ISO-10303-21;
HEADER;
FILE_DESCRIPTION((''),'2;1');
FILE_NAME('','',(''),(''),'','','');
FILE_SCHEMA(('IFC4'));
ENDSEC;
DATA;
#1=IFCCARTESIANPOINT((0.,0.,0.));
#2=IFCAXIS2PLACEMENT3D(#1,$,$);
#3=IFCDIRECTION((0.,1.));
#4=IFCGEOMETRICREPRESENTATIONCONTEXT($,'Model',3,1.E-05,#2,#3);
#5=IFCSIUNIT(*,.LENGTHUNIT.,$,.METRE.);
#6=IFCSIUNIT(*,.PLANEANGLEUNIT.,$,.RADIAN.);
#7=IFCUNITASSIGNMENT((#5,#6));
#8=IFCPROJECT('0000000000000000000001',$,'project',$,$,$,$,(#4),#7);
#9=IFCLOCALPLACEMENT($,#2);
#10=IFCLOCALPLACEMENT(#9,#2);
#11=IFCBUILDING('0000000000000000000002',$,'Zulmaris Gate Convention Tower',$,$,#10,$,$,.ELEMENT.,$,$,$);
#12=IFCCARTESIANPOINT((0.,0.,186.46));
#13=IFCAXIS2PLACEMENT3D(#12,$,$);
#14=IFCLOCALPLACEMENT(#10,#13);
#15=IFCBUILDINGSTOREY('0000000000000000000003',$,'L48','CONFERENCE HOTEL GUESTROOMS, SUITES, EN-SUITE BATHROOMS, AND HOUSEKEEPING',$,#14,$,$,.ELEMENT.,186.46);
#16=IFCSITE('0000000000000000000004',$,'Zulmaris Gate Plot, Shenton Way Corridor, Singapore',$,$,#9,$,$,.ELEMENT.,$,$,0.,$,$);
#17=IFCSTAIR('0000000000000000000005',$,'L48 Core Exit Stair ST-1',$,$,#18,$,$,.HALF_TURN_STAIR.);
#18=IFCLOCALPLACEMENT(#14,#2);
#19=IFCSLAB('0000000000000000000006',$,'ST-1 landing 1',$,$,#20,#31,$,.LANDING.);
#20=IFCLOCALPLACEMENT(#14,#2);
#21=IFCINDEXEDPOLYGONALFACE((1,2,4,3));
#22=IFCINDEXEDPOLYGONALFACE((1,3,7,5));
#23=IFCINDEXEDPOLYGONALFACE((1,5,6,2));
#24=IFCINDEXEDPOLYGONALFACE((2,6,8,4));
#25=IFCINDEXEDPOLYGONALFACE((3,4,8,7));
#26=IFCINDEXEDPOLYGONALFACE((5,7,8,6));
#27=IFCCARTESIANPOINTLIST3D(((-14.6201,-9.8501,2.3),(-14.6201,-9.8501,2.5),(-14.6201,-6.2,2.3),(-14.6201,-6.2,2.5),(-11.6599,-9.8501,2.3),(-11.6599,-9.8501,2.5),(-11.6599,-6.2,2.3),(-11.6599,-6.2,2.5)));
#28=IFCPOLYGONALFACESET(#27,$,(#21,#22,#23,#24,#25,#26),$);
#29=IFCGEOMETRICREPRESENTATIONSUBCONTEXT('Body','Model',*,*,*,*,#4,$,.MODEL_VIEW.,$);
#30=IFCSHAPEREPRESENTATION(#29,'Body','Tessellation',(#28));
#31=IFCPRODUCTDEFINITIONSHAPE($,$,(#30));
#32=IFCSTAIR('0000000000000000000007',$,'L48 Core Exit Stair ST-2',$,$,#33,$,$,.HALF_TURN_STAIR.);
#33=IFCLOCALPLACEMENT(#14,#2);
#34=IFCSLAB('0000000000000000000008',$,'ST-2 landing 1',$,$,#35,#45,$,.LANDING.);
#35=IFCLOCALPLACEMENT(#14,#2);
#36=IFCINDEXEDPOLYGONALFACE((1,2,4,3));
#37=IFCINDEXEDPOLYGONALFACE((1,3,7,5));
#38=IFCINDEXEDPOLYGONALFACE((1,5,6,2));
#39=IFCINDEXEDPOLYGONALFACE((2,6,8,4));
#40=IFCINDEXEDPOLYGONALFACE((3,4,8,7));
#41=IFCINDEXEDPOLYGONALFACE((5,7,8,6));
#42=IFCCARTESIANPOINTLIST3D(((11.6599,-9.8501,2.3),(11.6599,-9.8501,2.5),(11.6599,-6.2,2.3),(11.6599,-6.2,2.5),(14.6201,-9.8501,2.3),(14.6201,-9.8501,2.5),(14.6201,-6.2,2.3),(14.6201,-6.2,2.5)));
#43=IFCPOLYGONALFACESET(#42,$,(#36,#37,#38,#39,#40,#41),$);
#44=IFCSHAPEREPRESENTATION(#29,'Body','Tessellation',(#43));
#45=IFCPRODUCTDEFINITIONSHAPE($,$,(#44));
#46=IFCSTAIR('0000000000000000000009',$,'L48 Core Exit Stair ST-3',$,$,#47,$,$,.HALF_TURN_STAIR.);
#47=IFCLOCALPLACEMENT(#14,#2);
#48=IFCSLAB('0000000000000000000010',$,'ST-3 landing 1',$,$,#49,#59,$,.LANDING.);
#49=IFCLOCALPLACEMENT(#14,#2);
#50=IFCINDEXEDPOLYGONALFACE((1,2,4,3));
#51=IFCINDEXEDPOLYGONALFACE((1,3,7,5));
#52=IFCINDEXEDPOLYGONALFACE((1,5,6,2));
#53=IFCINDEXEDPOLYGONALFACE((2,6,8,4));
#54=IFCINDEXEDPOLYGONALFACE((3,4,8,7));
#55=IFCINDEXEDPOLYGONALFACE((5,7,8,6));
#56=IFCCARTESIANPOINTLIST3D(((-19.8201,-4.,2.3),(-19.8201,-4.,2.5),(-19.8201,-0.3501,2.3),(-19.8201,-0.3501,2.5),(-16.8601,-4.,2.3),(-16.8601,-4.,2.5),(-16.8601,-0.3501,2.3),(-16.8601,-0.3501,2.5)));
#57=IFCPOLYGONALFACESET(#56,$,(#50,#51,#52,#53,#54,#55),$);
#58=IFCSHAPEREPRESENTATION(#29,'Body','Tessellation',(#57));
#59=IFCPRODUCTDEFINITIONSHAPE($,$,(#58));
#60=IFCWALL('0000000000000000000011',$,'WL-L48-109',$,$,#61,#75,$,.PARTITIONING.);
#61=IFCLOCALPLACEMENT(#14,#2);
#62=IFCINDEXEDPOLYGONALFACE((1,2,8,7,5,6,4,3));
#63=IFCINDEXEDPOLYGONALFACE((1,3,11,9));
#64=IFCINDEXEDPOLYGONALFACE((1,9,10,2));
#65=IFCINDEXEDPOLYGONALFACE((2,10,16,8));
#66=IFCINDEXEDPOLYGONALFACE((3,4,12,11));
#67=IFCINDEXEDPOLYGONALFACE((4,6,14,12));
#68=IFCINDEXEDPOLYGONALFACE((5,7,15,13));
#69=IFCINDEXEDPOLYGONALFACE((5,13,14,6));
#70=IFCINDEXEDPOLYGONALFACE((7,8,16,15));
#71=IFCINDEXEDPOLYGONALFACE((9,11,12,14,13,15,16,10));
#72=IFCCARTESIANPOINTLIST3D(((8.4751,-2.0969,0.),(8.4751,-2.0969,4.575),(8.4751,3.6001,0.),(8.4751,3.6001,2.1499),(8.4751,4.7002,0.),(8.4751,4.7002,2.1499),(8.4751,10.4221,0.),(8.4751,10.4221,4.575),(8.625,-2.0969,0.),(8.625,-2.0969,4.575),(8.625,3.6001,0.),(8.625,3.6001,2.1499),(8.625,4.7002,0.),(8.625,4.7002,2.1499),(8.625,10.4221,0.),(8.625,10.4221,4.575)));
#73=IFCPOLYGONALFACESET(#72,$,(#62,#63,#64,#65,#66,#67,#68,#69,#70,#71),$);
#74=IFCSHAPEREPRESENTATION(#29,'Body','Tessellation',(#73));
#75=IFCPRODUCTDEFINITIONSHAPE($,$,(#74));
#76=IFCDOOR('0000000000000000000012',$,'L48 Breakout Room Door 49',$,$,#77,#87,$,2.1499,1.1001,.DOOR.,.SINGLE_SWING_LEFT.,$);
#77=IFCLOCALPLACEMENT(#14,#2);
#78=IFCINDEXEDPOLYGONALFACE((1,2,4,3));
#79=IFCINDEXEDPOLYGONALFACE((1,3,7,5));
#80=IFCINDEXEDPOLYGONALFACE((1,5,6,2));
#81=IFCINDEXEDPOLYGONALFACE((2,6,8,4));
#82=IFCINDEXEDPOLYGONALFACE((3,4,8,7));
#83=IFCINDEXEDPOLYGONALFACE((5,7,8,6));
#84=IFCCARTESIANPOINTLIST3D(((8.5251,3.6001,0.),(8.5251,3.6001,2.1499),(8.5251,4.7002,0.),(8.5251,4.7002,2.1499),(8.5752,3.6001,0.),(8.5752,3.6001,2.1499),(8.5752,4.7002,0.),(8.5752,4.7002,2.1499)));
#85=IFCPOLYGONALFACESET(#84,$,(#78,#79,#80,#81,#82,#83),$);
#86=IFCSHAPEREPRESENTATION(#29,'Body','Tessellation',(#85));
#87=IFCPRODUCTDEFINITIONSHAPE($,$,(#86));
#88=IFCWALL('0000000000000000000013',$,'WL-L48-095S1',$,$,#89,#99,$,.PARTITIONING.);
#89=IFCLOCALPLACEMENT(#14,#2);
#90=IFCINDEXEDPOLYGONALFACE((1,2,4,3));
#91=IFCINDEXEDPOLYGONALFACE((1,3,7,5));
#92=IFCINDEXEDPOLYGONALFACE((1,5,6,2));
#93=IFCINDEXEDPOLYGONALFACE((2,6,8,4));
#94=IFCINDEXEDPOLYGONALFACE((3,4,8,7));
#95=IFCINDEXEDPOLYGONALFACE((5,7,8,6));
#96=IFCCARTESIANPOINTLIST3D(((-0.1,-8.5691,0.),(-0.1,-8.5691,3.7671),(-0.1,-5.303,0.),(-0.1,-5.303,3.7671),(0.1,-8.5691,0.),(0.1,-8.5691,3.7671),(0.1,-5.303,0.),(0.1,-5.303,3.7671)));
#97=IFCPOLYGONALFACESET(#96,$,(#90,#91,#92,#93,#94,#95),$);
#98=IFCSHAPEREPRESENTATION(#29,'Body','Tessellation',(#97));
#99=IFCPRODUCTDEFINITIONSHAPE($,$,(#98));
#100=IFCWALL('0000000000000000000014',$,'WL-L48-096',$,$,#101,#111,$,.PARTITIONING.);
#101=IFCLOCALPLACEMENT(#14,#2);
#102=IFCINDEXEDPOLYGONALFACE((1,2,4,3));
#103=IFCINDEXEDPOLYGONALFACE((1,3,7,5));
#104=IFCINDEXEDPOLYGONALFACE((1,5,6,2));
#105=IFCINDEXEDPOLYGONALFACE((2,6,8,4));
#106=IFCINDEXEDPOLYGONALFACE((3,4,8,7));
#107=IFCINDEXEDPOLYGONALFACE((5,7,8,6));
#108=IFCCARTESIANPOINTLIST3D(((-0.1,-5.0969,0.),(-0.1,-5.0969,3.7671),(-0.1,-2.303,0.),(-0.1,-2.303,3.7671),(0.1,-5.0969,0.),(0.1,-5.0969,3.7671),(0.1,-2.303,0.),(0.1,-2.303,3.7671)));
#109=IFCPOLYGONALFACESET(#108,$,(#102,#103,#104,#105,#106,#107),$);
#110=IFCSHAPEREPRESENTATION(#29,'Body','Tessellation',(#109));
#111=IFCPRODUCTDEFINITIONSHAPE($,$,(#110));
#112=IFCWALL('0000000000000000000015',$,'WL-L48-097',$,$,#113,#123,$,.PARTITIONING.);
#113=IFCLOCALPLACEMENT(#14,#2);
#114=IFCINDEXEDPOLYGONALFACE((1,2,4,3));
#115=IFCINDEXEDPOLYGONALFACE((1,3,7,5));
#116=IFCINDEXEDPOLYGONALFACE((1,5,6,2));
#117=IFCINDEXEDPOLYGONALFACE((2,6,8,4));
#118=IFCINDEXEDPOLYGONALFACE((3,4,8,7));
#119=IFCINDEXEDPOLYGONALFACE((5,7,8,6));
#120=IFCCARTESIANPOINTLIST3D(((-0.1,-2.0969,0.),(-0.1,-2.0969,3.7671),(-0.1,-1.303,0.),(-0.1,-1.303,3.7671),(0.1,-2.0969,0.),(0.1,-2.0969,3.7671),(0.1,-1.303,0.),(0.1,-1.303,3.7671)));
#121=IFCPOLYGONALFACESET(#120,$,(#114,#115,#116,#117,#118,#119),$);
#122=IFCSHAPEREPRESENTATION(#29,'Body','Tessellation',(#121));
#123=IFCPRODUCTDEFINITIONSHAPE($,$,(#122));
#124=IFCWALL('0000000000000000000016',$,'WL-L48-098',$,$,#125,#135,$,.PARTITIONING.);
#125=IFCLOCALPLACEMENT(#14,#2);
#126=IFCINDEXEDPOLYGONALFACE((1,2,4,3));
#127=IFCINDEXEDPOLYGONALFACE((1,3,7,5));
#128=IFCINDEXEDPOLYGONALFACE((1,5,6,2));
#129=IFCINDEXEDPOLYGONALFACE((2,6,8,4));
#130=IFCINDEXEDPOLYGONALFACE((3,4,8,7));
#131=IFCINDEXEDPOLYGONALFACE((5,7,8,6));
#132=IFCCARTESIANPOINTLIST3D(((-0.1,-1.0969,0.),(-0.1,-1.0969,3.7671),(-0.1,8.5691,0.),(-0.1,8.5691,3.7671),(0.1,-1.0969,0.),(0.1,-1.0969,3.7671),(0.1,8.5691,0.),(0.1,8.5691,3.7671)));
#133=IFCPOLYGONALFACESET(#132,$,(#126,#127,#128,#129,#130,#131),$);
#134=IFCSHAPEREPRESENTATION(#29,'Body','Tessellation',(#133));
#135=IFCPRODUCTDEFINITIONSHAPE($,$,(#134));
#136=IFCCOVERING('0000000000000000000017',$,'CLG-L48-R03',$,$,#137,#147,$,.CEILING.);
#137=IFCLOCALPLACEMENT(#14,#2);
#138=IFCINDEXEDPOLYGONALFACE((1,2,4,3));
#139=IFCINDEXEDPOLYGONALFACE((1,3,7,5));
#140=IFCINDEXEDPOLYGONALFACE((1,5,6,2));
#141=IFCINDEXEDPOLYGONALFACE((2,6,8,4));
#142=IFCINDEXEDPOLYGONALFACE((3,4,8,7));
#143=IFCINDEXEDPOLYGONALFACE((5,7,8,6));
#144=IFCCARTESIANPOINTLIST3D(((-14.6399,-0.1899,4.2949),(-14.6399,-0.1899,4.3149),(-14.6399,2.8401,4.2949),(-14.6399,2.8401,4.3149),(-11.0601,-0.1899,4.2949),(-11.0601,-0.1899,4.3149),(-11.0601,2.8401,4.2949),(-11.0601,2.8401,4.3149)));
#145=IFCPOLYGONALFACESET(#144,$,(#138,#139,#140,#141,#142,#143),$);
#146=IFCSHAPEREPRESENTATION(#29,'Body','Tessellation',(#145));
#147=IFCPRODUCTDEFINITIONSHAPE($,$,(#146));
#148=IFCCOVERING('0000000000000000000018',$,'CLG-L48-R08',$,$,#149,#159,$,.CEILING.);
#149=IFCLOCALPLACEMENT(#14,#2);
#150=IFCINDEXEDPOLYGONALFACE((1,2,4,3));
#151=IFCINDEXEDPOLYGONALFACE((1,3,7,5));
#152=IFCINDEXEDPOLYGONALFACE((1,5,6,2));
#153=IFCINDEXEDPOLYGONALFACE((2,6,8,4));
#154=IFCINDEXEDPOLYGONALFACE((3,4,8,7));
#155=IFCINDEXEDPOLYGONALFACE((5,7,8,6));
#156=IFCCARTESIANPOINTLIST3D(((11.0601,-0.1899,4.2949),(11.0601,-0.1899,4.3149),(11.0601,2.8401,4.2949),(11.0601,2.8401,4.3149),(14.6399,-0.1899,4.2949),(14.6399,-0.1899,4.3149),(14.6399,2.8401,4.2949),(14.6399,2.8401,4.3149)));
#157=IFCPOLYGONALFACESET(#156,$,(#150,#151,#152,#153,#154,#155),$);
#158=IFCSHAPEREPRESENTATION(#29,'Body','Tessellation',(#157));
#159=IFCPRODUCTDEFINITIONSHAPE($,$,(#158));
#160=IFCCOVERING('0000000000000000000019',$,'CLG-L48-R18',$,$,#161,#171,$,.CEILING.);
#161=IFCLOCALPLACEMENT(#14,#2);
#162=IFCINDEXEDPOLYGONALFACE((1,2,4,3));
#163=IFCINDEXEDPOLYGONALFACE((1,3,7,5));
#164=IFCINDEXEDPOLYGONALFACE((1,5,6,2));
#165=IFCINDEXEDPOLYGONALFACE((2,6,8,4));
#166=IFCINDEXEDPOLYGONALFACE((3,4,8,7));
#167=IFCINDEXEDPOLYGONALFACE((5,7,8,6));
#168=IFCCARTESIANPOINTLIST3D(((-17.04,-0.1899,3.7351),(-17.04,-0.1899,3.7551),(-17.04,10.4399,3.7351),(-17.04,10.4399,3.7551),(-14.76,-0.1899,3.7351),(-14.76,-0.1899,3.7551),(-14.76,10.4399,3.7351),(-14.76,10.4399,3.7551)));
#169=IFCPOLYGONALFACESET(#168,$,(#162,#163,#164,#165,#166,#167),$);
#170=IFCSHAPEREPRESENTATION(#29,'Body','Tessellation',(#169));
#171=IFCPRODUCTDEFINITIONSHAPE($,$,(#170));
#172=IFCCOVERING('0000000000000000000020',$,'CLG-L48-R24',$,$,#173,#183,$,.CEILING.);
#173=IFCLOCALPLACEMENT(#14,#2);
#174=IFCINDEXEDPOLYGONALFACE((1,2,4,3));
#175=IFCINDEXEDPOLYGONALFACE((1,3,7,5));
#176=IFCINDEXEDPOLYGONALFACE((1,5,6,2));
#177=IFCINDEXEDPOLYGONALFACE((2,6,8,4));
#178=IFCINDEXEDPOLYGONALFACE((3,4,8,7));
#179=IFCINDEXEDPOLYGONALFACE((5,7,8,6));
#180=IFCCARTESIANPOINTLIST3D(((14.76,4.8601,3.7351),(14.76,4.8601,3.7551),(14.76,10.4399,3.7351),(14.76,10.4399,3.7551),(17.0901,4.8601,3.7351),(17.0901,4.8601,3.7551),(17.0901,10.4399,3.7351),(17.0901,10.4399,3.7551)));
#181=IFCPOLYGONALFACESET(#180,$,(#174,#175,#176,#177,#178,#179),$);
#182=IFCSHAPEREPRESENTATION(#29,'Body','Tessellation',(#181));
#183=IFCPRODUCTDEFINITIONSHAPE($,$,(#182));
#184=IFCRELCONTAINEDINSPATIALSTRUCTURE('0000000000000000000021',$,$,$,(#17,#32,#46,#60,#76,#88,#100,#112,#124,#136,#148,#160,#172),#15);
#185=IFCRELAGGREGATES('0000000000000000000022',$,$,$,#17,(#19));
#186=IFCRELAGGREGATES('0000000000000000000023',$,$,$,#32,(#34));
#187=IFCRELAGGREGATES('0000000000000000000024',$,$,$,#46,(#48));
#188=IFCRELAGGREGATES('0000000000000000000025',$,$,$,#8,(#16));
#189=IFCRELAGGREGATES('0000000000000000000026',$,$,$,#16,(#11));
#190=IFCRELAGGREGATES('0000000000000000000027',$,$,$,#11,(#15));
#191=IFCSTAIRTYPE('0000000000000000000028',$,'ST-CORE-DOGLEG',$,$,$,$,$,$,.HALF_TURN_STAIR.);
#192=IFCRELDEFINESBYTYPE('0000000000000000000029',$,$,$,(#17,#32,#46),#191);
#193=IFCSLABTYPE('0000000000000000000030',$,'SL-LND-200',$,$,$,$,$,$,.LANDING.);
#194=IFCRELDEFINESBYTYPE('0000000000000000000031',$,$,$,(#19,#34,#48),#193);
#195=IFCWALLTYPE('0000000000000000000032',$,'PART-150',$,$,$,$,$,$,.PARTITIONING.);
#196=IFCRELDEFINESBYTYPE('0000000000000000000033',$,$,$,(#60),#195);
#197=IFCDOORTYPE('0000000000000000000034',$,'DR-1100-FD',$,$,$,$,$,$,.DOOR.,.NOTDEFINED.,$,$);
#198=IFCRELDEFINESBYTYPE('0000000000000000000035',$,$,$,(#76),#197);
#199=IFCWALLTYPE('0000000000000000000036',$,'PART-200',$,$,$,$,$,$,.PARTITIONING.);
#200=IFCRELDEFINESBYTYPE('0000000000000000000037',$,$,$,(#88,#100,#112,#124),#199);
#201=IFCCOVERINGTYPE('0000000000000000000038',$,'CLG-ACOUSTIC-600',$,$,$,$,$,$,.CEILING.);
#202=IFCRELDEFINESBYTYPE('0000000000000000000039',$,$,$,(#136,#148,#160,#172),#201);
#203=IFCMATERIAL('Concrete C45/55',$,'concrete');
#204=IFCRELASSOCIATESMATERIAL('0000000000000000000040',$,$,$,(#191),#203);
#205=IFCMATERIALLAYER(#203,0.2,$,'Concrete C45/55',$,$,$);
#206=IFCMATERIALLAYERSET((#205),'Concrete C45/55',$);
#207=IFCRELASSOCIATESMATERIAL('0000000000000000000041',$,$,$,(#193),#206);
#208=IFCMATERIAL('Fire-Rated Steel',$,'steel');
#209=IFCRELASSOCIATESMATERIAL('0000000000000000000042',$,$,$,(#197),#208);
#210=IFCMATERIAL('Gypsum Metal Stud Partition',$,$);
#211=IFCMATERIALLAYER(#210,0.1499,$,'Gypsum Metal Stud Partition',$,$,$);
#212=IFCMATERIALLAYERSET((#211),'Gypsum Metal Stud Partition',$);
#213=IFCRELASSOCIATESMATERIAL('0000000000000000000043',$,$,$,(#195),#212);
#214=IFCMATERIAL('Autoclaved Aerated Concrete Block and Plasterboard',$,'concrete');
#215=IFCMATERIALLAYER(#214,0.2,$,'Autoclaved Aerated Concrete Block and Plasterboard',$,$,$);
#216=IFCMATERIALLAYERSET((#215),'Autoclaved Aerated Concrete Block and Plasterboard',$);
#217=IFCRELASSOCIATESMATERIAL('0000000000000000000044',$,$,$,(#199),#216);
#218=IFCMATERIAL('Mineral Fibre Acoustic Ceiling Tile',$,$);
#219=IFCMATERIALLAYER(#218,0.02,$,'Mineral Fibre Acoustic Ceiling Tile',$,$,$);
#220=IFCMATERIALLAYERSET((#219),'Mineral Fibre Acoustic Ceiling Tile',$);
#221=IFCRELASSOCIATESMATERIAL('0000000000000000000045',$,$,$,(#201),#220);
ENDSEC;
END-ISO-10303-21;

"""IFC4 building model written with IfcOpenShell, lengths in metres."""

from ifc_helpers import new_model, si_unit, direction, frame, frame_2d, origin, place, context, subcontext, project, spatial, polyline, rectangle, outline, extrude, material, layer, layer_set, type_object, element, fill, aggregate, save


model = new_model("IFC4")

# Units and contexts
model_context = context("Model", 3, precision=1e-05, world=origin(), true_north=direction((0.0, 1.0)))
body_context = subcontext(model_context, "Body", "Model", "MODEL_VIEW")
ifc_project = project(units=[si_unit("LENGTHUNIT", "METRE"), si_unit("PLANEANGLEUNIT", "RADIAN")], contexts=[model_context])

# Site, building, storey
site_placement = place(None, origin())
site = spatial("IfcSite", under=ifc_project, at=site_placement, Name="Zulmaris Gate Plot, Shenton Way Corridor, Singapore", CompositionType="ELEMENT", RefElevation=0.0)
building_placement = place(site_placement, origin())
building = spatial("IfcBuilding", under=site, at=building_placement, Name="Zulmaris Gate Convention Tower", CompositionType="ELEMENT")
storey_placement = place(building_placement, frame((0.0, 0.0, 186.46)))
storey = spatial("IfcBuildingStorey", under=building, at=storey_placement, Name="L48", Description="CONFERENCE HOTEL GUESTROOMS, SUITES, EN-SUITE BATHROOMS, AND HOUSEKEEPING", CompositionType="ELEMENT", Elevation=186.46)

# Stairs, slabs
ifc_material_1 = material(Name="Concrete C45/55", Category="concrete")
stair_type = type_object("IfcStairType", Name="ST-CORE-DOGLEG", PredefinedType="HALF_TURN_STAIR", material=ifc_material_1)
stair_1_placement = place(storey_placement, origin())
stair_1 = element("IfcStair", 1, at=stair_1_placement, inside=storey, type_object=stair_type, Name="L48 Core Exit Stair ST-1", PredefinedType="HALF_TURN_STAIR")
ifc_layer_1 = layer(ifc_material_1, 0.2, Name="Concrete C45/55")
ifc_layer_set_1 = layer_set([ifc_layer_1], Name="Concrete C45/55")
slab_type = type_object("IfcSlabType", Name="SL-LND-200", PredefinedType="LANDING", material=ifc_layer_set_1)
slab_1_placement = place(storey_placement, frame((0.0, 0.0, 2.3)))
slab_1 = element("IfcSlab", 2, at=slab_1_placement, type_object=slab_type, Name="ST-1 landing 1", PredefinedType="LANDING", context=body_context, shape_type="SweptSolid", body=[
    extrude(outline(polyline([(-14.6201, -6.2), (-14.6201, -9.8501), (-11.6599, -9.8501), (-11.6599, -6.2), (-14.6201, -6.2)])), origin(), (0.0, 0.0, 1.0), 0.2),
])
aggregate(stair_1, [slab_1])
stair_2_placement = place(storey_placement, origin())
stair_2 = element("IfcStair", 3, at=stair_2_placement, inside=storey, type_object=stair_type, Name="L48 Core Exit Stair ST-2", PredefinedType="HALF_TURN_STAIR")
slab_2_placement = place(storey_placement, frame((0.0, 0.0, 2.3)))
slab_2 = element("IfcSlab", 4, at=slab_2_placement, type_object=slab_type, Name="ST-2 landing 1", PredefinedType="LANDING", context=body_context, shape_type="SweptSolid", body=[
    extrude(outline(polyline([(11.6599, -6.2), (11.6599, -9.8501), (14.6201, -9.8501), (14.6201, -6.2), (11.6599, -6.2)])), origin(), (0.0, 0.0, 1.0), 0.2),
])
aggregate(stair_2, [slab_2])
stair_3_placement = place(storey_placement, origin())
stair_3 = element("IfcStair", 5, at=stair_3_placement, inside=storey, type_object=stair_type, Name="L48 Core Exit Stair ST-3", PredefinedType="HALF_TURN_STAIR")
slab_3_placement = place(storey_placement, frame((0.0, 0.0, 2.3)))
slab_3 = element("IfcSlab", 6, at=slab_3_placement, type_object=slab_type, Name="ST-3 landing 1", PredefinedType="LANDING", context=body_context, shape_type="SweptSolid", body=[
    extrude(outline(polyline([(-16.8601, -4.0), (-16.8601, -0.3501), (-19.8201, -0.3501), (-19.8201, -4.0), (-16.8601, -4.0)])), origin(), (0.0, 0.0, 1.0), 0.2),
])
aggregate(stair_3, [slab_3])

# Wall, opening, door
ifc_material_2 = material(Name="Fire-Rated Steel", Category="steel")
door_type_1 = type_object("IfcDoorType", Name="DR-1100-FD", OperationType="NOTDEFINED", PredefinedType="DOOR", material=ifc_material_2)
ifc_material_3 = material(Name="Gypsum Metal Stud Partition")
ifc_layer_2 = layer(ifc_material_3, 0.1499, Name="Gypsum Metal Stud Partition")
ifc_layer_set_2 = layer_set([ifc_layer_2], Name="Gypsum Metal Stud Partition")
wall_type_1 = type_object("IfcWallType", Name="PART-150", PredefinedType="PARTITIONING", material=ifc_layer_set_2)
wall_1_placement = place(storey_placement, frame((8.55, -2.0969, 0.0), z_axis=(0.0, 0.0, 1.0), x_axis=(0.0, 1.0, 0.0)))
wall_1 = element("IfcWall", 7, at=wall_1_placement, inside=storey, type_object=wall_type_1, Name="WL-L48-109", PredefinedType="PARTITIONING", context=body_context, shape_type="SweptSolid", body=[
    extrude(rectangle(XDim=12.519, YDim=0.1499, at=frame_2d((6.2595, 0.0))), origin(), (0.0, 0.0, 1.0), 4.575),
])
opening_1_placement = place(wall_1_placement, frame((5.697, 0.0, 0.0)))
opening_1 = element("IfcOpeningElement", 8, at=opening_1_placement, cuts=wall_1, PredefinedType="OPENING", context=body_context, shape_type="SweptSolid", body=[
    extrude(rectangle(XDim=1.1001, YDim=2.1499, at=frame_2d((0.55, 1.075))), frame((0.0, 0.085, 0.0), z_axis=(0.0, -1.0, 0.0), x_axis=(1.0, 0.0, 0.0)), (0.0, 0.0, 1.0), 0.1699),
])
door_1_placement = place(opening_1_placement, origin())
door_1 = element("IfcDoor", 9, at=door_1_placement, inside=storey, type_object=door_type_1, Name="L48 Breakout Room Door 49", OperationType="SINGLE_SWING_LEFT", OverallHeight=2.1499, OverallWidth=1.1001, PredefinedType="DOOR", context=body_context, shape_type="SweptSolid", body=[
    extrude(rectangle(XDim=1.1001, YDim=2.1499, at=frame_2d((0.55, 1.075))), frame((0.0, 0.0249, 0.0), z_axis=(0.0, -1.0, 0.0), x_axis=(1.0, 0.0, 0.0)), (0.0, 0.0, 1.0), 0.05),
])
fill(opening_1, door_1)

# Walls
ifc_material_4 = material(Name="Autoclaved Aerated Concrete Block and Plasterboard", Category="concrete")
ifc_layer_3 = layer(ifc_material_4, 0.2, Name="Autoclaved Aerated Concrete Block and Plasterboard")
ifc_layer_set_3 = layer_set([ifc_layer_3], Name="Autoclaved Aerated Concrete Block and Plasterboard")
wall_type_2 = type_object("IfcWallType", Name="PART-200", PredefinedType="PARTITIONING", material=ifc_layer_set_3)
wall_2_placement = place(storey_placement, frame((0.0, -8.5691, 0.0), z_axis=(0.0, 0.0, 1.0), x_axis=(0.0, 1.0, 0.0)))
element("IfcWall", 10, at=wall_2_placement, inside=storey, type_object=wall_type_2, Name="WL-L48-095S1", PredefinedType="PARTITIONING", context=body_context, shape_type="SweptSolid", body=[
    extrude(rectangle(XDim=3.2661, YDim=0.2, at=frame_2d((1.6331, 0.0))), origin(), (0.0, 0.0, 1.0), 3.7671),
])
wall_3_placement = place(storey_placement, frame((0.0, -5.0969, 0.0), z_axis=(0.0, 0.0, 1.0), x_axis=(0.0, 1.0, 0.0)))
element("IfcWall", 11, at=wall_3_placement, inside=storey, type_object=wall_type_2, Name="WL-L48-096", PredefinedType="PARTITIONING", context=body_context, shape_type="SweptSolid", body=[
    extrude(rectangle(XDim=2.7939, YDim=0.2, at=frame_2d((1.397, 0.0))), origin(), (0.0, 0.0, 1.0), 3.7671),
])
wall_4_placement = place(storey_placement, frame((0.0, -2.0969, 0.0), z_axis=(0.0, 0.0, 1.0), x_axis=(0.0, 1.0, 0.0)))
element("IfcWall", 12, at=wall_4_placement, inside=storey, type_object=wall_type_2, Name="WL-L48-097", PredefinedType="PARTITIONING", context=body_context, shape_type="SweptSolid", body=[
    extrude(rectangle(XDim=0.7939, YDim=0.2, at=frame_2d((0.397, 0.0))), origin(), (0.0, 0.0, 1.0), 3.7671),
])
wall_5_placement = place(storey_placement, frame((0.0, -1.0969, 0.0), z_axis=(0.0, 0.0, 1.0), x_axis=(0.0, 1.0, 0.0)))
element("IfcWall", 13, at=wall_5_placement, inside=storey, type_object=wall_type_2, Name="WL-L48-098", PredefinedType="PARTITIONING", context=body_context, shape_type="SweptSolid", body=[
    extrude(rectangle(XDim=9.666, YDim=0.2, at=frame_2d((4.833, 0.0))), origin(), (0.0, 0.0, 1.0), 3.7671),
])

# Coverings
ifc_material_5 = material(Name="Mineral Fibre Acoustic Ceiling Tile")
ifc_layer_4 = layer(ifc_material_5, 0.02, Name="Mineral Fibre Acoustic Ceiling Tile")
ifc_layer_set_4 = layer_set([ifc_layer_4], Name="Mineral Fibre Acoustic Ceiling Tile")
covering_type_1 = type_object("IfcCoveringType", Name="CLG-ACOUSTIC-600", PredefinedType="CEILING", material=ifc_layer_set_4)
covering_1_placement = place(storey_placement, frame((0.0, 0.0, 4.2949)))
element("IfcCovering", 14, at=covering_1_placement, inside=storey, type_object=covering_type_1, Name="CLG-L48-R03", PredefinedType="CEILING", context=body_context, shape_type="SweptSolid", body=[
    extrude(outline(polyline([(-14.6399, -0.1899), (-11.0601, -0.1899), (-11.0601, 2.8401), (-14.6399, 2.8401), (-14.6399, -0.1899)])), origin(), (0.0, 0.0, 1.0), 0.02),
])
covering_2_placement = place(storey_placement, frame((0.0, 0.0, 4.2949)))
element("IfcCovering", 15, at=covering_2_placement, inside=storey, type_object=covering_type_1, Name="CLG-L48-R08", PredefinedType="CEILING", context=body_context, shape_type="SweptSolid", body=[
    extrude(outline(polyline([(11.0601, -0.1899), (14.6399, -0.1899), (14.6399, 2.8401), (11.0601, 2.8401), (11.0601, -0.1899)])), origin(), (0.0, 0.0, 1.0), 0.02),
])
covering_3_placement = place(storey_placement, frame((0.0, 0.0, 3.7351)))
element("IfcCovering", 16, at=covering_3_placement, inside=storey, type_object=covering_type_1, Name="CLG-L48-R18", PredefinedType="CEILING", context=body_context, shape_type="SweptSolid", body=[
    extrude(outline(polyline([(-17.04, -0.1899), (-14.76, -0.1899), (-14.76, 10.4399), (-17.04, 10.4399), (-17.04, -0.1899)])), origin(), (0.0, 0.0, 1.0), 0.02),
])
covering_4_placement = place(storey_placement, frame((0.0, 0.0, 3.7351)))
element("IfcCovering", 17, at=covering_4_placement, inside=storey, type_object=covering_type_1, Name="CLG-L48-R24", PredefinedType="CEILING", context=body_context, shape_type="SweptSolid", body=[
    extrude(outline(polyline([(14.76, 4.8601), (17.0901, 4.8601), (17.0901, 10.4399), (14.76, 10.4399), (14.76, 4.8601)])), origin(), (0.0, 0.0, 1.0), 0.02),
])

save(model, "model.ifc")
